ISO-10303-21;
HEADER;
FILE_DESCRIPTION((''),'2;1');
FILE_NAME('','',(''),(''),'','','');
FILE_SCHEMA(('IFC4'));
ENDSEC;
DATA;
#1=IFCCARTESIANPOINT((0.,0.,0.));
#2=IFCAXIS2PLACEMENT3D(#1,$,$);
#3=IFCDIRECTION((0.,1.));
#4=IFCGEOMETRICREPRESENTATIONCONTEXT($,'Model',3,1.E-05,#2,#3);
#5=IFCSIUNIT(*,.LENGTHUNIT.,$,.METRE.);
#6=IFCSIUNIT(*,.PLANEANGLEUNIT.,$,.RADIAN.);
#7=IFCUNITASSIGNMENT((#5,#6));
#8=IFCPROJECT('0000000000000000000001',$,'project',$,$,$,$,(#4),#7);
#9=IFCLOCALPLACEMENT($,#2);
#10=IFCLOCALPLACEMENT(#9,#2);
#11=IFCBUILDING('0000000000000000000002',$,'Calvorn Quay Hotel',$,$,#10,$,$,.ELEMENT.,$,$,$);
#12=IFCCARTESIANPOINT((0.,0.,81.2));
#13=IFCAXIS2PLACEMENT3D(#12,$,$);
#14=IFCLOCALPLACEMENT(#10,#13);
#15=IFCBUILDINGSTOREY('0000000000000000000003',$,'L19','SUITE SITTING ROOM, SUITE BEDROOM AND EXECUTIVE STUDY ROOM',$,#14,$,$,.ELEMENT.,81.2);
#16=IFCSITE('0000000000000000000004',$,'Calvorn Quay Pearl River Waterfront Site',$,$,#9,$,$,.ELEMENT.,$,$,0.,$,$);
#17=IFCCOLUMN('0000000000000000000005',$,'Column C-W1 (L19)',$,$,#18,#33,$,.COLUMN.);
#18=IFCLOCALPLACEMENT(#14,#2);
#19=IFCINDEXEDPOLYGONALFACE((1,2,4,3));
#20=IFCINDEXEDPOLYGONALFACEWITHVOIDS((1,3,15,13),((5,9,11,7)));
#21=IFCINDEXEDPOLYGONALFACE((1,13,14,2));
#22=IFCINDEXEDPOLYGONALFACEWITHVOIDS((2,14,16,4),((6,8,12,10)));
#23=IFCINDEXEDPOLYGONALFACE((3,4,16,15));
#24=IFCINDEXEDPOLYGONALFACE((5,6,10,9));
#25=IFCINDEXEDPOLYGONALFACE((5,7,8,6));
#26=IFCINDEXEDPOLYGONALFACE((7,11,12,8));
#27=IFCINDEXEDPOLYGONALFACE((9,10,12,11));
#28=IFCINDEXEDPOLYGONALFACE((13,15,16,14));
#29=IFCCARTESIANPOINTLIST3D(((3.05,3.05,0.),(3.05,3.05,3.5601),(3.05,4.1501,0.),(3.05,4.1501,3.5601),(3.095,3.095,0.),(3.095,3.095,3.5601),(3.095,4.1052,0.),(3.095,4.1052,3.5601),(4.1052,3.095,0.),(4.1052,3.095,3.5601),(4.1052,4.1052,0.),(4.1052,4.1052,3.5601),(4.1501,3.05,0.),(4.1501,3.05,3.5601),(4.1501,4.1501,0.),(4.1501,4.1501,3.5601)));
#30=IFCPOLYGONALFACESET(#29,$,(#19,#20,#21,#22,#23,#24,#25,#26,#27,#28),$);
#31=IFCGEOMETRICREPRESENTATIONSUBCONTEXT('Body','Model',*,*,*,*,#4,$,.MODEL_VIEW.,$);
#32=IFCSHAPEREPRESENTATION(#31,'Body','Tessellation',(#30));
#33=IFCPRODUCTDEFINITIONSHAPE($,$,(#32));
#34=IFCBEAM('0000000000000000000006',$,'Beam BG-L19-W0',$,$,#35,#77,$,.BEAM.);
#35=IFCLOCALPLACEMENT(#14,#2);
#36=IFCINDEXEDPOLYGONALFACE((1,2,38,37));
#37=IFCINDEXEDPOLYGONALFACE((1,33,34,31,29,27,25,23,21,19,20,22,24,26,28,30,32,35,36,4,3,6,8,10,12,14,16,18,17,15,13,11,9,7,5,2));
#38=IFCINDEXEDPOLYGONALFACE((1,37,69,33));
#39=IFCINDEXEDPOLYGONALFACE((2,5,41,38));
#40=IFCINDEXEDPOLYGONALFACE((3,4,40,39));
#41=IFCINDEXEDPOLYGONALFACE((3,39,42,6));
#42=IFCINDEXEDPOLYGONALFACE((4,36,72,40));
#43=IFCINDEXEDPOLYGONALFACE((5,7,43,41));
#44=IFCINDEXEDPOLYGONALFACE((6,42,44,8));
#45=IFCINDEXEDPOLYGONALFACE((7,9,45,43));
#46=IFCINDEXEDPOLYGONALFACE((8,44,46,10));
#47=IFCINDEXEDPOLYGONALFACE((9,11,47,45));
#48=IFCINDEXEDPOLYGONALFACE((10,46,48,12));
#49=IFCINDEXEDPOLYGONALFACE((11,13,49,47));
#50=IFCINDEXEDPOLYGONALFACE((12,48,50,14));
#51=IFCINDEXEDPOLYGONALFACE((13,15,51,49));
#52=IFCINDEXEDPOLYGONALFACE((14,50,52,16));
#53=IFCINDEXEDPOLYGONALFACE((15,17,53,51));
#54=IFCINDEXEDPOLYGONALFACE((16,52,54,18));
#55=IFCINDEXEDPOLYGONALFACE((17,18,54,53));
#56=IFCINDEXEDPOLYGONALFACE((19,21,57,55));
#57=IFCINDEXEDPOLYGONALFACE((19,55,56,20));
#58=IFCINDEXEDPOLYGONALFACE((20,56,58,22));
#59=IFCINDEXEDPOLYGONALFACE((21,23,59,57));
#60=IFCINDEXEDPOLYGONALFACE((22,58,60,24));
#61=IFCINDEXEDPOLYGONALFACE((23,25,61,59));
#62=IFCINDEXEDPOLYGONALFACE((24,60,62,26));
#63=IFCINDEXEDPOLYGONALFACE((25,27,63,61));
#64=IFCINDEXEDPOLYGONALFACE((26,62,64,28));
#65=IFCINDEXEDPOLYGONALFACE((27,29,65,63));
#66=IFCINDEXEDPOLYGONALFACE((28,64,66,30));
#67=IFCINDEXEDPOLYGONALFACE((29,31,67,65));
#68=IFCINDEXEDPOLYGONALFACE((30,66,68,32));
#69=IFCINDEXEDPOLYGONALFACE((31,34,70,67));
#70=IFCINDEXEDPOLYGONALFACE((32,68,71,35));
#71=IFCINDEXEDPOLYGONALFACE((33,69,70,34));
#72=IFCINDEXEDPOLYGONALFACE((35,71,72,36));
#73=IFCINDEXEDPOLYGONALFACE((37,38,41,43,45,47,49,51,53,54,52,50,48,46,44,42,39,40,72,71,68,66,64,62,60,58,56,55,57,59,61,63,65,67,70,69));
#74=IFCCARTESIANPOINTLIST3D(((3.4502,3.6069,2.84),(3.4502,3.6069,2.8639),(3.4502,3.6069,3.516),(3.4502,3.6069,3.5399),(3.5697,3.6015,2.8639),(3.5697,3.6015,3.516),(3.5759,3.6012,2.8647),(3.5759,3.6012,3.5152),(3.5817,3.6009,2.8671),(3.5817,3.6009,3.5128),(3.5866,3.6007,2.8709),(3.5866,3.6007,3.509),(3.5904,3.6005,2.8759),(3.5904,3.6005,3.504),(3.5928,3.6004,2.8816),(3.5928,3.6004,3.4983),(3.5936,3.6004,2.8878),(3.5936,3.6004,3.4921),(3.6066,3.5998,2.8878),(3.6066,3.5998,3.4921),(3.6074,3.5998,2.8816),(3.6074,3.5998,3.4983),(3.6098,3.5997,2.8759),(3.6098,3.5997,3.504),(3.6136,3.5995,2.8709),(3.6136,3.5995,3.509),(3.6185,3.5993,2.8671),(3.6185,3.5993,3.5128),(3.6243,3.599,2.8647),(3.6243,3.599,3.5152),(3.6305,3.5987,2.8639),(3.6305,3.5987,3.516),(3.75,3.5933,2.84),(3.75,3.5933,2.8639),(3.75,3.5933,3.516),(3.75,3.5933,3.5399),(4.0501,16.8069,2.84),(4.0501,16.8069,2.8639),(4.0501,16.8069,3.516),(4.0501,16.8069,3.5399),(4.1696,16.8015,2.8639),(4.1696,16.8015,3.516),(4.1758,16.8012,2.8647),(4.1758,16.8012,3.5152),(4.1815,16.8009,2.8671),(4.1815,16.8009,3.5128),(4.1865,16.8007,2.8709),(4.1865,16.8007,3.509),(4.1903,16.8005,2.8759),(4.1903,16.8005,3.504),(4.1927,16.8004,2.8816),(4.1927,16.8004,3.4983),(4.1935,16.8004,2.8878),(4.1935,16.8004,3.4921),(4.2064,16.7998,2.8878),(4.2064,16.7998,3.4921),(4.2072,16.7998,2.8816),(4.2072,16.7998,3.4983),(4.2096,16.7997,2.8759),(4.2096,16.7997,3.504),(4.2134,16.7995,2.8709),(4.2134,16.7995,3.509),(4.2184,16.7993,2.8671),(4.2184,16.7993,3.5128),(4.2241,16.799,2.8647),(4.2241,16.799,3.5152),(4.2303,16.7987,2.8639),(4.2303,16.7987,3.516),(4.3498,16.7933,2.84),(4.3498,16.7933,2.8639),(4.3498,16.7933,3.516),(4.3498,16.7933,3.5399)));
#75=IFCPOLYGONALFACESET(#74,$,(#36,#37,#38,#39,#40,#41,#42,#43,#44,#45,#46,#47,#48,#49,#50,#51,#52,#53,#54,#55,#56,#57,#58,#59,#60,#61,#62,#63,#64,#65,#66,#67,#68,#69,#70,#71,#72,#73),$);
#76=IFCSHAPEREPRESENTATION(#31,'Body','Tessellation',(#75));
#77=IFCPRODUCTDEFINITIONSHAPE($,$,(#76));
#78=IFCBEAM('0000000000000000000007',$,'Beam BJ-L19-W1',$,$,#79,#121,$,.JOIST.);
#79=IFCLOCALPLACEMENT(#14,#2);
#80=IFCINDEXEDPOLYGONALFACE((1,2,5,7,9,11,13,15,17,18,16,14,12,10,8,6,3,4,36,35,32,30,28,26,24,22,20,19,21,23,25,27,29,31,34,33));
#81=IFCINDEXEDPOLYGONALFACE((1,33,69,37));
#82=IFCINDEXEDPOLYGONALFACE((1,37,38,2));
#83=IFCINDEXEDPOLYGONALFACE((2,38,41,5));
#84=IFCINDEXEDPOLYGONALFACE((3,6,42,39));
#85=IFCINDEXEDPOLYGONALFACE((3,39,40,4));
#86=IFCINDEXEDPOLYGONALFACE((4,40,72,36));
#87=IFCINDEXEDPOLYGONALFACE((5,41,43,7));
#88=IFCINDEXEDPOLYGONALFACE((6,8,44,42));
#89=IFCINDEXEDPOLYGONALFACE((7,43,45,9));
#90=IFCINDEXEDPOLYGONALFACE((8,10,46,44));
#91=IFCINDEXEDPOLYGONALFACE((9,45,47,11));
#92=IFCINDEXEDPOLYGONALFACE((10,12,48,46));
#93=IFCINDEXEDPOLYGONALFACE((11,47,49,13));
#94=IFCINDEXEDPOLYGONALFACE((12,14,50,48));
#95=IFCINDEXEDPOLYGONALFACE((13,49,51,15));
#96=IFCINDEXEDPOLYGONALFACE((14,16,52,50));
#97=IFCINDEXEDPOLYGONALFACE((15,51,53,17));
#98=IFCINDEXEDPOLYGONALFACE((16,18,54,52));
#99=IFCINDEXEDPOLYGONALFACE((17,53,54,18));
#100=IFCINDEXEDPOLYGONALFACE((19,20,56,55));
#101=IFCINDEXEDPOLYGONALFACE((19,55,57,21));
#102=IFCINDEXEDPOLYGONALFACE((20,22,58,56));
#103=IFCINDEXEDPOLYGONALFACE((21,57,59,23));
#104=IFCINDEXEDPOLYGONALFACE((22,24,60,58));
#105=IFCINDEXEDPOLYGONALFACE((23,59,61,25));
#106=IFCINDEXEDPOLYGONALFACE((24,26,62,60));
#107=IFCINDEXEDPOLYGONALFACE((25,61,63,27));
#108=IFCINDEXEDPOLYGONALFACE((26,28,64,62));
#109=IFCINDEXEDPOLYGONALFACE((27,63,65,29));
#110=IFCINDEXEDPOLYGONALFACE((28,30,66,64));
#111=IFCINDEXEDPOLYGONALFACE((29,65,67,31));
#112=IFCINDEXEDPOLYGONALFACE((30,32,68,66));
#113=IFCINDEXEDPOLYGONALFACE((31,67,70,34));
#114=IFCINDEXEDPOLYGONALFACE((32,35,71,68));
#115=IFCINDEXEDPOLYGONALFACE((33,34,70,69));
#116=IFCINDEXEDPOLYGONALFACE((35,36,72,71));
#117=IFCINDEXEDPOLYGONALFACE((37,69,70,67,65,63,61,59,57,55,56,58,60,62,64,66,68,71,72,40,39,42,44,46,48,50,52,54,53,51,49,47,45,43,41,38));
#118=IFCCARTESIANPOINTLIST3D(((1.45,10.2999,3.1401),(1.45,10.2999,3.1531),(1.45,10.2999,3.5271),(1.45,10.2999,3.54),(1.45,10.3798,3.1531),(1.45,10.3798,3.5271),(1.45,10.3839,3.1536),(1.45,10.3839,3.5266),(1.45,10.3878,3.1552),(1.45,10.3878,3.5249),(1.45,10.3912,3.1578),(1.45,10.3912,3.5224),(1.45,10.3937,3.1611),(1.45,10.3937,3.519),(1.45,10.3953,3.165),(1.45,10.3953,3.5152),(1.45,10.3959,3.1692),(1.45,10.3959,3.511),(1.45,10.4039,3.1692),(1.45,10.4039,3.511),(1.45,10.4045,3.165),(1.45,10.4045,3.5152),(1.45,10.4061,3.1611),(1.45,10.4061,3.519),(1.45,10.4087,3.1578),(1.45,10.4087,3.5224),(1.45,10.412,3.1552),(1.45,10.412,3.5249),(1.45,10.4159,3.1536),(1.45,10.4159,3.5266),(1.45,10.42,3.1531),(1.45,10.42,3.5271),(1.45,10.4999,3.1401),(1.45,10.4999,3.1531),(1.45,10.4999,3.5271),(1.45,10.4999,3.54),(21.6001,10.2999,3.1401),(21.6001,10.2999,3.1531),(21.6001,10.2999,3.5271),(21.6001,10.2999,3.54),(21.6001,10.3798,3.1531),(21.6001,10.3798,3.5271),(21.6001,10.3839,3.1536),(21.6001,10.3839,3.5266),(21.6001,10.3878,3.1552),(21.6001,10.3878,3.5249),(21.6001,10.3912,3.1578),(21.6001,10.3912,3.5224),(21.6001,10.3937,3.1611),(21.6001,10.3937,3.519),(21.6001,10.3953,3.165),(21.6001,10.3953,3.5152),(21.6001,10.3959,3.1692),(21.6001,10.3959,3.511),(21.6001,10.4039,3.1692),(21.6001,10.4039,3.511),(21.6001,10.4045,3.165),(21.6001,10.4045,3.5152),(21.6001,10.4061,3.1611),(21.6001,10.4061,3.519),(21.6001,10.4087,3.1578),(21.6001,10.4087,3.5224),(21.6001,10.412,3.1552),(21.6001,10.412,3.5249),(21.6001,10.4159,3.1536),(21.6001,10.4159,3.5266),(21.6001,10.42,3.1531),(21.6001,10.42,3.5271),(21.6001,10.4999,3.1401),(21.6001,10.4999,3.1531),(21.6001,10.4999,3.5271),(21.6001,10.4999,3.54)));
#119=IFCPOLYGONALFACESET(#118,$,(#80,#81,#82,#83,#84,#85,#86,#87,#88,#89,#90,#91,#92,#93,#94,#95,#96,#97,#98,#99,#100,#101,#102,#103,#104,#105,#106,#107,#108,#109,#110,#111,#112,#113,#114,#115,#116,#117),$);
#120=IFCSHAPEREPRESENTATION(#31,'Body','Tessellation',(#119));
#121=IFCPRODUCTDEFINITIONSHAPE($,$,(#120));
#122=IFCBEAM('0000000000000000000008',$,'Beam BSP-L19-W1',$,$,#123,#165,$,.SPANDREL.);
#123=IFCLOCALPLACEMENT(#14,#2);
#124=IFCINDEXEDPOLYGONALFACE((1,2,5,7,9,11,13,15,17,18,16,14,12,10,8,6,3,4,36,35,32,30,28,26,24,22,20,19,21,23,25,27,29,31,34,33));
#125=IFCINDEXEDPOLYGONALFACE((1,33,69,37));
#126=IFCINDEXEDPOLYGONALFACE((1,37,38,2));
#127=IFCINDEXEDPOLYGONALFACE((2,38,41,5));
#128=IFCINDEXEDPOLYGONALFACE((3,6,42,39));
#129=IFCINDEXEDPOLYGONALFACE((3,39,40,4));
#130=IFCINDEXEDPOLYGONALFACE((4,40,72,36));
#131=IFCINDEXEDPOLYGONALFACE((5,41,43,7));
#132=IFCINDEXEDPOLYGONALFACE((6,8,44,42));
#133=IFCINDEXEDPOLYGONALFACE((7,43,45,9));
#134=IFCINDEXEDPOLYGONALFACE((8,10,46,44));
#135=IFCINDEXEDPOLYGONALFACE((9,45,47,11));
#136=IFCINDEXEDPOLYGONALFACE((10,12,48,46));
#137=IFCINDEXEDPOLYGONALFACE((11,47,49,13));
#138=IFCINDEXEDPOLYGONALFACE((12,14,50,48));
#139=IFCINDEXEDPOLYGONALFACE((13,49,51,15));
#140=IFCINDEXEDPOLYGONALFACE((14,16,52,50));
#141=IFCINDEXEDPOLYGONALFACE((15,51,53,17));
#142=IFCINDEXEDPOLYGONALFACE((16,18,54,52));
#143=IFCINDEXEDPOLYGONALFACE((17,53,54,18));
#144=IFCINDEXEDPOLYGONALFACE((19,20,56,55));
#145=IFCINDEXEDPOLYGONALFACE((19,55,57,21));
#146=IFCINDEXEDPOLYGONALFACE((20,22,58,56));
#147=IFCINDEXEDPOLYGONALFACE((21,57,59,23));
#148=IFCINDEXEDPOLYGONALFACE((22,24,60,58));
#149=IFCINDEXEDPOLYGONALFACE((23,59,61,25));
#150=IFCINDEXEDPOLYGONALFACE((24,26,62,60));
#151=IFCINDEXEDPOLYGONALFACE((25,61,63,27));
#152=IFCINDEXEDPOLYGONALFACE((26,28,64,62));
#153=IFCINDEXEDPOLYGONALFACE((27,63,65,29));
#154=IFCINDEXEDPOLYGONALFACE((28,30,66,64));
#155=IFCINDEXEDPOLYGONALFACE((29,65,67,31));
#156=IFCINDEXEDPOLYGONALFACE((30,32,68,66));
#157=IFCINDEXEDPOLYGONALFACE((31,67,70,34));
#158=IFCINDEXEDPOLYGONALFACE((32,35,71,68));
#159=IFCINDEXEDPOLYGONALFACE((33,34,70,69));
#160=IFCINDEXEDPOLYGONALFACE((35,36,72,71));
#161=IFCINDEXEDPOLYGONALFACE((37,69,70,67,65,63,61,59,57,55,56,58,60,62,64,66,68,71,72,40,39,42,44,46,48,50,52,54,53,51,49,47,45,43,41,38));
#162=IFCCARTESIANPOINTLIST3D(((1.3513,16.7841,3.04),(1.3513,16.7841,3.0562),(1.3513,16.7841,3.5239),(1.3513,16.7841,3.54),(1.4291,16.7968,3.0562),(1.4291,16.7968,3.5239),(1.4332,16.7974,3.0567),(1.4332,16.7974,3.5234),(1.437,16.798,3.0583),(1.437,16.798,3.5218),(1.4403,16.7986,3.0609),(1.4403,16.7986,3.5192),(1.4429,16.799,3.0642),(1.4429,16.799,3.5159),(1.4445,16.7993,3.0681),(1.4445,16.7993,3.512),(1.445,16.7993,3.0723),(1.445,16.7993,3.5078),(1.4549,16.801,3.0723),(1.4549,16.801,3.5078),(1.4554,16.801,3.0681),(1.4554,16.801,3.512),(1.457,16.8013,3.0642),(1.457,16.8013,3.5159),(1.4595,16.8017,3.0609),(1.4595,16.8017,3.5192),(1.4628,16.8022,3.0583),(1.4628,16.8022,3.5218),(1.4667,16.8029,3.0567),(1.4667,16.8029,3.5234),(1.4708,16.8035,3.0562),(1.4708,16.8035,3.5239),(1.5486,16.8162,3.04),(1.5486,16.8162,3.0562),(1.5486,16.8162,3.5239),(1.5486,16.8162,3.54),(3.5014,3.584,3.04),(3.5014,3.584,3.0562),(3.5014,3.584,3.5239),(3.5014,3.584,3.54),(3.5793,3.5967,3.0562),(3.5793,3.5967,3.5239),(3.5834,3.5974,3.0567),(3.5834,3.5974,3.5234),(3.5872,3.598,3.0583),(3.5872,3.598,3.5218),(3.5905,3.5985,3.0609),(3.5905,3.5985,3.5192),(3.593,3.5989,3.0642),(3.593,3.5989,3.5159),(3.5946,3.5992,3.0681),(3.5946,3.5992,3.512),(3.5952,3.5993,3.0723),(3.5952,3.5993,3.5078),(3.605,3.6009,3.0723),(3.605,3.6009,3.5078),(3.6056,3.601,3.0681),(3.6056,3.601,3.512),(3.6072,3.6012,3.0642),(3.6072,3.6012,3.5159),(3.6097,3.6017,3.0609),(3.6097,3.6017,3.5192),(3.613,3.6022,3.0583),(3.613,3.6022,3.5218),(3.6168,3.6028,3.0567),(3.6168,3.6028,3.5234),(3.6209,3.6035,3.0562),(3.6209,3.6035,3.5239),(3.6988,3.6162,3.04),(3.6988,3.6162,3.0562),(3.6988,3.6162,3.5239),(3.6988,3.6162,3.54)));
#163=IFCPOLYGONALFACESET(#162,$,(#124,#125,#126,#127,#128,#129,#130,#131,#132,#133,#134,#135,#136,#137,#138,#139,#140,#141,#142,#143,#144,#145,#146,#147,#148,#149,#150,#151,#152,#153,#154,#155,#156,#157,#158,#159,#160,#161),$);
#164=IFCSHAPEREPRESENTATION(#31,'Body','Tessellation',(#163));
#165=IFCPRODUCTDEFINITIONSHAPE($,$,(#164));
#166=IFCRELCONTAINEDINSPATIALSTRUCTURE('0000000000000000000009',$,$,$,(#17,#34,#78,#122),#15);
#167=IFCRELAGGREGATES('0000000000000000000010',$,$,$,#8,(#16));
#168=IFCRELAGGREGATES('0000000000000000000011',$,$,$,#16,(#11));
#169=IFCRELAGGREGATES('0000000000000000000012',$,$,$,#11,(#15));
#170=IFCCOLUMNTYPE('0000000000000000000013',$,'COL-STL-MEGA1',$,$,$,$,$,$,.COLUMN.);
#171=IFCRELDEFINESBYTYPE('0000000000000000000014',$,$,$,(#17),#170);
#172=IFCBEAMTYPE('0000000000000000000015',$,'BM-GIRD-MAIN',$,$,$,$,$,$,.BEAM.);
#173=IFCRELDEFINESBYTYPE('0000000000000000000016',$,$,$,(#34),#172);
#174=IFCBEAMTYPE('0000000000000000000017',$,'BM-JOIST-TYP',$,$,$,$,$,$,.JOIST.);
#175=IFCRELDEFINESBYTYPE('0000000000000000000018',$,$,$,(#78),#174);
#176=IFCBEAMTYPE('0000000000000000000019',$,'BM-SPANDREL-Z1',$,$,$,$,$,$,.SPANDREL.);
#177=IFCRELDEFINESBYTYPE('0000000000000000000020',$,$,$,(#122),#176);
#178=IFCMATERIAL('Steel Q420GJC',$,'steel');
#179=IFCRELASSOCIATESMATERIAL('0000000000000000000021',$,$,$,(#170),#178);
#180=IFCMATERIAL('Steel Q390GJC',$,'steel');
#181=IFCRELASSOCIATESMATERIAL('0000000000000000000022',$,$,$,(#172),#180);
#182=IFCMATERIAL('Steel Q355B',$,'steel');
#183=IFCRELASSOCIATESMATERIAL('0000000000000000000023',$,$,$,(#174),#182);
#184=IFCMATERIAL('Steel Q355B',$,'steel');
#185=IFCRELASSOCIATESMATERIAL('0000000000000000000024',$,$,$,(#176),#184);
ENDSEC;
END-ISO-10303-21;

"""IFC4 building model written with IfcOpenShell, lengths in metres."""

from ifc_helpers import new_model, si_unit, direction, frame, origin, origin_2d, place, context, subcontext, project, spatial, hollow_rectangle, i_section, extrude, material, material_profile, profile_set, type_object, element, save


model = new_model("IFC4")

# Units and contexts
model_context = context("Model", 3, precision=1e-05, world=origin(), true_north=direction((0.0, 1.0)))
body_context = subcontext(model_context, "Body", "Model", "MODEL_VIEW")
ifc_project = project(units=[si_unit("LENGTHUNIT", "METRE"), si_unit("PLANEANGLEUNIT", "RADIAN")], contexts=[model_context])

# Site, building, storey
site_placement = place(None, origin())
site = spatial("IfcSite", under=ifc_project, at=site_placement, Name="Calvorn Quay Pearl River Waterfront Site", CompositionType="ELEMENT", RefElevation=0.0)
building_placement = place(site_placement, origin())
building = spatial("IfcBuilding", under=site, at=building_placement, Name="Calvorn Quay Hotel", CompositionType="ELEMENT")
storey_placement = place(building_placement, frame((0.0, 0.0, 81.2)))
storey = spatial("IfcBuildingStorey", under=building, at=storey_placement, Name="L19", Description="SUITE SITTING ROOM, SUITE BEDROOM AND EXECUTIVE STUDY ROOM", CompositionType="ELEMENT", Elevation=81.2)

# Column
ifc_material_1 = material(Name="Steel Q420GJC", Category="steel")
ifc_material_profile_1 = material_profile(ifc_material_1, hollow_rectangle(XDim=1.1001, YDim=1.1001, WallThickness=0.0449, at=origin_2d()), Name="BOX1100x1100x45")
ifc_profile_set_1 = profile_set([ifc_material_profile_1], Name="Steel Q420GJC")
column_type = type_object("IfcColumnType", Name="COL-STL-MEGA1", PredefinedType="COLUMN", material=ifc_profile_set_1)
column_placement = place(storey_placement, frame((3.6001, 3.6001, 0.0), z_axis=(0.0, 0.0, 1.0), x_axis=(1.0, 0.0, 0.0)))
element("IfcColumn", 1, at=column_placement, inside=storey, type_object=column_type, Name="Column C-W1 (L19)", PredefinedType="COLUMN", context=body_context, shape_type="SweptSolid", body=[
    extrude(hollow_rectangle(XDim=1.1001, YDim=1.1001, WallThickness=0.0449, at=origin_2d()), origin(), (0.0, 0.0, 1.0), 3.5601),
])

# Beams
ifc_material_2 = material(Name="Steel Q390GJC", Category="steel")
ifc_material_profile_2 = material_profile(ifc_material_2, i_section(OverallWidth=0.3, OverallDepth=0.7, WebThickness=0.0129, FlangeThickness=0.0239, FilletRadius=0.0239, at=origin_2d()), Name="HN700x300x13x24")
ifc_profile_set_2 = profile_set([ifc_material_profile_2], Name="Steel Q390GJC")
beam_type_1 = type_object("IfcBeamType", Name="BM-GIRD-MAIN", PredefinedType="BEAM", material=ifc_profile_set_2)
beam_1_placement = place(storey_placement, frame((3.6001, 3.6001, 3.1899), z_axis=(0.045397, 0.998969, 0.0), x_axis=(-0.998969, 0.045397, 0.0)))
element("IfcBeam", 2, at=beam_1_placement, inside=storey, type_object=beam_type_1, Name="Beam BG-L19-W0", PredefinedType="BEAM", context=body_context, shape_type="SweptSolid", body=[
    extrude(i_section(OverallWidth=0.3, OverallDepth=0.7, WebThickness=0.0129, FlangeThickness=0.0239, FilletRadius=0.0239, at=origin_2d()), origin(), (0.0, 0.0, 1.0), 13.2136),
])
ifc_material_3 = material(Name="Steel Q355B", Category="steel")
ifc_material_profile_3 = material_profile(ifc_material_3, i_section(OverallWidth=0.2, OverallDepth=0.3999, WebThickness=0.0081, FlangeThickness=0.0129, FilletRadius=0.0161, at=origin_2d()), Name="HN400x200x8x13")
ifc_profile_set_3 = profile_set([ifc_material_profile_3], Name="Steel Q355B")
beam_type_2 = type_object("IfcBeamType", Name="BM-JOIST-TYP", PredefinedType="JOIST", material=ifc_profile_set_3)
beam_2_placement = place(storey_placement, frame((1.45, 10.3999, 3.3401), z_axis=(1.0, 0.0, 0.0), x_axis=(0.0, 1.0, 0.0)))
element("IfcBeam", 3, at=beam_2_placement, inside=storey, type_object=beam_type_2, Name="Beam BJ-L19-W1", PredefinedType="JOIST", context=body_context, shape_type="SweptSolid", body=[
    extrude(i_section(OverallWidth=0.2, OverallDepth=0.3999, WebThickness=0.0081, FlangeThickness=0.0129, FilletRadius=0.0161, at=origin_2d()), origin(), (0.0, 0.0, 1.0), 20.1501),
])
ifc_material_4 = material(Name="Steel Q355B", Category="steel")
ifc_material_profile_4 = material_profile(ifc_material_4, i_section(OverallWidth=0.2, OverallDepth=0.5, WebThickness=0.01, FlangeThickness=0.0161, FilletRadius=0.0161, at=origin_2d()), Name="HN500x200x10x16")
ifc_profile_set_4 = profile_set([ifc_material_profile_4], Name="Steel Q355B")
beam_type_3 = type_object("IfcBeamType", Name="BM-SPANDREL-Z1", PredefinedType="SPANDREL", material=ifc_profile_set_4)
beam_3_placement = place(storey_placement, frame((3.6001, 3.6001, 3.29), z_axis=(-0.160772, 0.986992, 0.0), x_axis=(-0.986992, -0.160772, 0.0)))
element("IfcBeam", 4, at=beam_3_placement, inside=storey, type_object=beam_type_3, Name="Beam BSP-L19-W1", PredefinedType="SPANDREL", context=body_context, shape_type="SweptSolid", body=[
    extrude(i_section(OverallWidth=0.2, OverallDepth=0.5, WebThickness=0.01, FlangeThickness=0.0161, FilletRadius=0.0161, at=origin_2d()), origin(), (0.0, 0.0, 1.0), 13.374),
])

save(model, "model.ifc")
